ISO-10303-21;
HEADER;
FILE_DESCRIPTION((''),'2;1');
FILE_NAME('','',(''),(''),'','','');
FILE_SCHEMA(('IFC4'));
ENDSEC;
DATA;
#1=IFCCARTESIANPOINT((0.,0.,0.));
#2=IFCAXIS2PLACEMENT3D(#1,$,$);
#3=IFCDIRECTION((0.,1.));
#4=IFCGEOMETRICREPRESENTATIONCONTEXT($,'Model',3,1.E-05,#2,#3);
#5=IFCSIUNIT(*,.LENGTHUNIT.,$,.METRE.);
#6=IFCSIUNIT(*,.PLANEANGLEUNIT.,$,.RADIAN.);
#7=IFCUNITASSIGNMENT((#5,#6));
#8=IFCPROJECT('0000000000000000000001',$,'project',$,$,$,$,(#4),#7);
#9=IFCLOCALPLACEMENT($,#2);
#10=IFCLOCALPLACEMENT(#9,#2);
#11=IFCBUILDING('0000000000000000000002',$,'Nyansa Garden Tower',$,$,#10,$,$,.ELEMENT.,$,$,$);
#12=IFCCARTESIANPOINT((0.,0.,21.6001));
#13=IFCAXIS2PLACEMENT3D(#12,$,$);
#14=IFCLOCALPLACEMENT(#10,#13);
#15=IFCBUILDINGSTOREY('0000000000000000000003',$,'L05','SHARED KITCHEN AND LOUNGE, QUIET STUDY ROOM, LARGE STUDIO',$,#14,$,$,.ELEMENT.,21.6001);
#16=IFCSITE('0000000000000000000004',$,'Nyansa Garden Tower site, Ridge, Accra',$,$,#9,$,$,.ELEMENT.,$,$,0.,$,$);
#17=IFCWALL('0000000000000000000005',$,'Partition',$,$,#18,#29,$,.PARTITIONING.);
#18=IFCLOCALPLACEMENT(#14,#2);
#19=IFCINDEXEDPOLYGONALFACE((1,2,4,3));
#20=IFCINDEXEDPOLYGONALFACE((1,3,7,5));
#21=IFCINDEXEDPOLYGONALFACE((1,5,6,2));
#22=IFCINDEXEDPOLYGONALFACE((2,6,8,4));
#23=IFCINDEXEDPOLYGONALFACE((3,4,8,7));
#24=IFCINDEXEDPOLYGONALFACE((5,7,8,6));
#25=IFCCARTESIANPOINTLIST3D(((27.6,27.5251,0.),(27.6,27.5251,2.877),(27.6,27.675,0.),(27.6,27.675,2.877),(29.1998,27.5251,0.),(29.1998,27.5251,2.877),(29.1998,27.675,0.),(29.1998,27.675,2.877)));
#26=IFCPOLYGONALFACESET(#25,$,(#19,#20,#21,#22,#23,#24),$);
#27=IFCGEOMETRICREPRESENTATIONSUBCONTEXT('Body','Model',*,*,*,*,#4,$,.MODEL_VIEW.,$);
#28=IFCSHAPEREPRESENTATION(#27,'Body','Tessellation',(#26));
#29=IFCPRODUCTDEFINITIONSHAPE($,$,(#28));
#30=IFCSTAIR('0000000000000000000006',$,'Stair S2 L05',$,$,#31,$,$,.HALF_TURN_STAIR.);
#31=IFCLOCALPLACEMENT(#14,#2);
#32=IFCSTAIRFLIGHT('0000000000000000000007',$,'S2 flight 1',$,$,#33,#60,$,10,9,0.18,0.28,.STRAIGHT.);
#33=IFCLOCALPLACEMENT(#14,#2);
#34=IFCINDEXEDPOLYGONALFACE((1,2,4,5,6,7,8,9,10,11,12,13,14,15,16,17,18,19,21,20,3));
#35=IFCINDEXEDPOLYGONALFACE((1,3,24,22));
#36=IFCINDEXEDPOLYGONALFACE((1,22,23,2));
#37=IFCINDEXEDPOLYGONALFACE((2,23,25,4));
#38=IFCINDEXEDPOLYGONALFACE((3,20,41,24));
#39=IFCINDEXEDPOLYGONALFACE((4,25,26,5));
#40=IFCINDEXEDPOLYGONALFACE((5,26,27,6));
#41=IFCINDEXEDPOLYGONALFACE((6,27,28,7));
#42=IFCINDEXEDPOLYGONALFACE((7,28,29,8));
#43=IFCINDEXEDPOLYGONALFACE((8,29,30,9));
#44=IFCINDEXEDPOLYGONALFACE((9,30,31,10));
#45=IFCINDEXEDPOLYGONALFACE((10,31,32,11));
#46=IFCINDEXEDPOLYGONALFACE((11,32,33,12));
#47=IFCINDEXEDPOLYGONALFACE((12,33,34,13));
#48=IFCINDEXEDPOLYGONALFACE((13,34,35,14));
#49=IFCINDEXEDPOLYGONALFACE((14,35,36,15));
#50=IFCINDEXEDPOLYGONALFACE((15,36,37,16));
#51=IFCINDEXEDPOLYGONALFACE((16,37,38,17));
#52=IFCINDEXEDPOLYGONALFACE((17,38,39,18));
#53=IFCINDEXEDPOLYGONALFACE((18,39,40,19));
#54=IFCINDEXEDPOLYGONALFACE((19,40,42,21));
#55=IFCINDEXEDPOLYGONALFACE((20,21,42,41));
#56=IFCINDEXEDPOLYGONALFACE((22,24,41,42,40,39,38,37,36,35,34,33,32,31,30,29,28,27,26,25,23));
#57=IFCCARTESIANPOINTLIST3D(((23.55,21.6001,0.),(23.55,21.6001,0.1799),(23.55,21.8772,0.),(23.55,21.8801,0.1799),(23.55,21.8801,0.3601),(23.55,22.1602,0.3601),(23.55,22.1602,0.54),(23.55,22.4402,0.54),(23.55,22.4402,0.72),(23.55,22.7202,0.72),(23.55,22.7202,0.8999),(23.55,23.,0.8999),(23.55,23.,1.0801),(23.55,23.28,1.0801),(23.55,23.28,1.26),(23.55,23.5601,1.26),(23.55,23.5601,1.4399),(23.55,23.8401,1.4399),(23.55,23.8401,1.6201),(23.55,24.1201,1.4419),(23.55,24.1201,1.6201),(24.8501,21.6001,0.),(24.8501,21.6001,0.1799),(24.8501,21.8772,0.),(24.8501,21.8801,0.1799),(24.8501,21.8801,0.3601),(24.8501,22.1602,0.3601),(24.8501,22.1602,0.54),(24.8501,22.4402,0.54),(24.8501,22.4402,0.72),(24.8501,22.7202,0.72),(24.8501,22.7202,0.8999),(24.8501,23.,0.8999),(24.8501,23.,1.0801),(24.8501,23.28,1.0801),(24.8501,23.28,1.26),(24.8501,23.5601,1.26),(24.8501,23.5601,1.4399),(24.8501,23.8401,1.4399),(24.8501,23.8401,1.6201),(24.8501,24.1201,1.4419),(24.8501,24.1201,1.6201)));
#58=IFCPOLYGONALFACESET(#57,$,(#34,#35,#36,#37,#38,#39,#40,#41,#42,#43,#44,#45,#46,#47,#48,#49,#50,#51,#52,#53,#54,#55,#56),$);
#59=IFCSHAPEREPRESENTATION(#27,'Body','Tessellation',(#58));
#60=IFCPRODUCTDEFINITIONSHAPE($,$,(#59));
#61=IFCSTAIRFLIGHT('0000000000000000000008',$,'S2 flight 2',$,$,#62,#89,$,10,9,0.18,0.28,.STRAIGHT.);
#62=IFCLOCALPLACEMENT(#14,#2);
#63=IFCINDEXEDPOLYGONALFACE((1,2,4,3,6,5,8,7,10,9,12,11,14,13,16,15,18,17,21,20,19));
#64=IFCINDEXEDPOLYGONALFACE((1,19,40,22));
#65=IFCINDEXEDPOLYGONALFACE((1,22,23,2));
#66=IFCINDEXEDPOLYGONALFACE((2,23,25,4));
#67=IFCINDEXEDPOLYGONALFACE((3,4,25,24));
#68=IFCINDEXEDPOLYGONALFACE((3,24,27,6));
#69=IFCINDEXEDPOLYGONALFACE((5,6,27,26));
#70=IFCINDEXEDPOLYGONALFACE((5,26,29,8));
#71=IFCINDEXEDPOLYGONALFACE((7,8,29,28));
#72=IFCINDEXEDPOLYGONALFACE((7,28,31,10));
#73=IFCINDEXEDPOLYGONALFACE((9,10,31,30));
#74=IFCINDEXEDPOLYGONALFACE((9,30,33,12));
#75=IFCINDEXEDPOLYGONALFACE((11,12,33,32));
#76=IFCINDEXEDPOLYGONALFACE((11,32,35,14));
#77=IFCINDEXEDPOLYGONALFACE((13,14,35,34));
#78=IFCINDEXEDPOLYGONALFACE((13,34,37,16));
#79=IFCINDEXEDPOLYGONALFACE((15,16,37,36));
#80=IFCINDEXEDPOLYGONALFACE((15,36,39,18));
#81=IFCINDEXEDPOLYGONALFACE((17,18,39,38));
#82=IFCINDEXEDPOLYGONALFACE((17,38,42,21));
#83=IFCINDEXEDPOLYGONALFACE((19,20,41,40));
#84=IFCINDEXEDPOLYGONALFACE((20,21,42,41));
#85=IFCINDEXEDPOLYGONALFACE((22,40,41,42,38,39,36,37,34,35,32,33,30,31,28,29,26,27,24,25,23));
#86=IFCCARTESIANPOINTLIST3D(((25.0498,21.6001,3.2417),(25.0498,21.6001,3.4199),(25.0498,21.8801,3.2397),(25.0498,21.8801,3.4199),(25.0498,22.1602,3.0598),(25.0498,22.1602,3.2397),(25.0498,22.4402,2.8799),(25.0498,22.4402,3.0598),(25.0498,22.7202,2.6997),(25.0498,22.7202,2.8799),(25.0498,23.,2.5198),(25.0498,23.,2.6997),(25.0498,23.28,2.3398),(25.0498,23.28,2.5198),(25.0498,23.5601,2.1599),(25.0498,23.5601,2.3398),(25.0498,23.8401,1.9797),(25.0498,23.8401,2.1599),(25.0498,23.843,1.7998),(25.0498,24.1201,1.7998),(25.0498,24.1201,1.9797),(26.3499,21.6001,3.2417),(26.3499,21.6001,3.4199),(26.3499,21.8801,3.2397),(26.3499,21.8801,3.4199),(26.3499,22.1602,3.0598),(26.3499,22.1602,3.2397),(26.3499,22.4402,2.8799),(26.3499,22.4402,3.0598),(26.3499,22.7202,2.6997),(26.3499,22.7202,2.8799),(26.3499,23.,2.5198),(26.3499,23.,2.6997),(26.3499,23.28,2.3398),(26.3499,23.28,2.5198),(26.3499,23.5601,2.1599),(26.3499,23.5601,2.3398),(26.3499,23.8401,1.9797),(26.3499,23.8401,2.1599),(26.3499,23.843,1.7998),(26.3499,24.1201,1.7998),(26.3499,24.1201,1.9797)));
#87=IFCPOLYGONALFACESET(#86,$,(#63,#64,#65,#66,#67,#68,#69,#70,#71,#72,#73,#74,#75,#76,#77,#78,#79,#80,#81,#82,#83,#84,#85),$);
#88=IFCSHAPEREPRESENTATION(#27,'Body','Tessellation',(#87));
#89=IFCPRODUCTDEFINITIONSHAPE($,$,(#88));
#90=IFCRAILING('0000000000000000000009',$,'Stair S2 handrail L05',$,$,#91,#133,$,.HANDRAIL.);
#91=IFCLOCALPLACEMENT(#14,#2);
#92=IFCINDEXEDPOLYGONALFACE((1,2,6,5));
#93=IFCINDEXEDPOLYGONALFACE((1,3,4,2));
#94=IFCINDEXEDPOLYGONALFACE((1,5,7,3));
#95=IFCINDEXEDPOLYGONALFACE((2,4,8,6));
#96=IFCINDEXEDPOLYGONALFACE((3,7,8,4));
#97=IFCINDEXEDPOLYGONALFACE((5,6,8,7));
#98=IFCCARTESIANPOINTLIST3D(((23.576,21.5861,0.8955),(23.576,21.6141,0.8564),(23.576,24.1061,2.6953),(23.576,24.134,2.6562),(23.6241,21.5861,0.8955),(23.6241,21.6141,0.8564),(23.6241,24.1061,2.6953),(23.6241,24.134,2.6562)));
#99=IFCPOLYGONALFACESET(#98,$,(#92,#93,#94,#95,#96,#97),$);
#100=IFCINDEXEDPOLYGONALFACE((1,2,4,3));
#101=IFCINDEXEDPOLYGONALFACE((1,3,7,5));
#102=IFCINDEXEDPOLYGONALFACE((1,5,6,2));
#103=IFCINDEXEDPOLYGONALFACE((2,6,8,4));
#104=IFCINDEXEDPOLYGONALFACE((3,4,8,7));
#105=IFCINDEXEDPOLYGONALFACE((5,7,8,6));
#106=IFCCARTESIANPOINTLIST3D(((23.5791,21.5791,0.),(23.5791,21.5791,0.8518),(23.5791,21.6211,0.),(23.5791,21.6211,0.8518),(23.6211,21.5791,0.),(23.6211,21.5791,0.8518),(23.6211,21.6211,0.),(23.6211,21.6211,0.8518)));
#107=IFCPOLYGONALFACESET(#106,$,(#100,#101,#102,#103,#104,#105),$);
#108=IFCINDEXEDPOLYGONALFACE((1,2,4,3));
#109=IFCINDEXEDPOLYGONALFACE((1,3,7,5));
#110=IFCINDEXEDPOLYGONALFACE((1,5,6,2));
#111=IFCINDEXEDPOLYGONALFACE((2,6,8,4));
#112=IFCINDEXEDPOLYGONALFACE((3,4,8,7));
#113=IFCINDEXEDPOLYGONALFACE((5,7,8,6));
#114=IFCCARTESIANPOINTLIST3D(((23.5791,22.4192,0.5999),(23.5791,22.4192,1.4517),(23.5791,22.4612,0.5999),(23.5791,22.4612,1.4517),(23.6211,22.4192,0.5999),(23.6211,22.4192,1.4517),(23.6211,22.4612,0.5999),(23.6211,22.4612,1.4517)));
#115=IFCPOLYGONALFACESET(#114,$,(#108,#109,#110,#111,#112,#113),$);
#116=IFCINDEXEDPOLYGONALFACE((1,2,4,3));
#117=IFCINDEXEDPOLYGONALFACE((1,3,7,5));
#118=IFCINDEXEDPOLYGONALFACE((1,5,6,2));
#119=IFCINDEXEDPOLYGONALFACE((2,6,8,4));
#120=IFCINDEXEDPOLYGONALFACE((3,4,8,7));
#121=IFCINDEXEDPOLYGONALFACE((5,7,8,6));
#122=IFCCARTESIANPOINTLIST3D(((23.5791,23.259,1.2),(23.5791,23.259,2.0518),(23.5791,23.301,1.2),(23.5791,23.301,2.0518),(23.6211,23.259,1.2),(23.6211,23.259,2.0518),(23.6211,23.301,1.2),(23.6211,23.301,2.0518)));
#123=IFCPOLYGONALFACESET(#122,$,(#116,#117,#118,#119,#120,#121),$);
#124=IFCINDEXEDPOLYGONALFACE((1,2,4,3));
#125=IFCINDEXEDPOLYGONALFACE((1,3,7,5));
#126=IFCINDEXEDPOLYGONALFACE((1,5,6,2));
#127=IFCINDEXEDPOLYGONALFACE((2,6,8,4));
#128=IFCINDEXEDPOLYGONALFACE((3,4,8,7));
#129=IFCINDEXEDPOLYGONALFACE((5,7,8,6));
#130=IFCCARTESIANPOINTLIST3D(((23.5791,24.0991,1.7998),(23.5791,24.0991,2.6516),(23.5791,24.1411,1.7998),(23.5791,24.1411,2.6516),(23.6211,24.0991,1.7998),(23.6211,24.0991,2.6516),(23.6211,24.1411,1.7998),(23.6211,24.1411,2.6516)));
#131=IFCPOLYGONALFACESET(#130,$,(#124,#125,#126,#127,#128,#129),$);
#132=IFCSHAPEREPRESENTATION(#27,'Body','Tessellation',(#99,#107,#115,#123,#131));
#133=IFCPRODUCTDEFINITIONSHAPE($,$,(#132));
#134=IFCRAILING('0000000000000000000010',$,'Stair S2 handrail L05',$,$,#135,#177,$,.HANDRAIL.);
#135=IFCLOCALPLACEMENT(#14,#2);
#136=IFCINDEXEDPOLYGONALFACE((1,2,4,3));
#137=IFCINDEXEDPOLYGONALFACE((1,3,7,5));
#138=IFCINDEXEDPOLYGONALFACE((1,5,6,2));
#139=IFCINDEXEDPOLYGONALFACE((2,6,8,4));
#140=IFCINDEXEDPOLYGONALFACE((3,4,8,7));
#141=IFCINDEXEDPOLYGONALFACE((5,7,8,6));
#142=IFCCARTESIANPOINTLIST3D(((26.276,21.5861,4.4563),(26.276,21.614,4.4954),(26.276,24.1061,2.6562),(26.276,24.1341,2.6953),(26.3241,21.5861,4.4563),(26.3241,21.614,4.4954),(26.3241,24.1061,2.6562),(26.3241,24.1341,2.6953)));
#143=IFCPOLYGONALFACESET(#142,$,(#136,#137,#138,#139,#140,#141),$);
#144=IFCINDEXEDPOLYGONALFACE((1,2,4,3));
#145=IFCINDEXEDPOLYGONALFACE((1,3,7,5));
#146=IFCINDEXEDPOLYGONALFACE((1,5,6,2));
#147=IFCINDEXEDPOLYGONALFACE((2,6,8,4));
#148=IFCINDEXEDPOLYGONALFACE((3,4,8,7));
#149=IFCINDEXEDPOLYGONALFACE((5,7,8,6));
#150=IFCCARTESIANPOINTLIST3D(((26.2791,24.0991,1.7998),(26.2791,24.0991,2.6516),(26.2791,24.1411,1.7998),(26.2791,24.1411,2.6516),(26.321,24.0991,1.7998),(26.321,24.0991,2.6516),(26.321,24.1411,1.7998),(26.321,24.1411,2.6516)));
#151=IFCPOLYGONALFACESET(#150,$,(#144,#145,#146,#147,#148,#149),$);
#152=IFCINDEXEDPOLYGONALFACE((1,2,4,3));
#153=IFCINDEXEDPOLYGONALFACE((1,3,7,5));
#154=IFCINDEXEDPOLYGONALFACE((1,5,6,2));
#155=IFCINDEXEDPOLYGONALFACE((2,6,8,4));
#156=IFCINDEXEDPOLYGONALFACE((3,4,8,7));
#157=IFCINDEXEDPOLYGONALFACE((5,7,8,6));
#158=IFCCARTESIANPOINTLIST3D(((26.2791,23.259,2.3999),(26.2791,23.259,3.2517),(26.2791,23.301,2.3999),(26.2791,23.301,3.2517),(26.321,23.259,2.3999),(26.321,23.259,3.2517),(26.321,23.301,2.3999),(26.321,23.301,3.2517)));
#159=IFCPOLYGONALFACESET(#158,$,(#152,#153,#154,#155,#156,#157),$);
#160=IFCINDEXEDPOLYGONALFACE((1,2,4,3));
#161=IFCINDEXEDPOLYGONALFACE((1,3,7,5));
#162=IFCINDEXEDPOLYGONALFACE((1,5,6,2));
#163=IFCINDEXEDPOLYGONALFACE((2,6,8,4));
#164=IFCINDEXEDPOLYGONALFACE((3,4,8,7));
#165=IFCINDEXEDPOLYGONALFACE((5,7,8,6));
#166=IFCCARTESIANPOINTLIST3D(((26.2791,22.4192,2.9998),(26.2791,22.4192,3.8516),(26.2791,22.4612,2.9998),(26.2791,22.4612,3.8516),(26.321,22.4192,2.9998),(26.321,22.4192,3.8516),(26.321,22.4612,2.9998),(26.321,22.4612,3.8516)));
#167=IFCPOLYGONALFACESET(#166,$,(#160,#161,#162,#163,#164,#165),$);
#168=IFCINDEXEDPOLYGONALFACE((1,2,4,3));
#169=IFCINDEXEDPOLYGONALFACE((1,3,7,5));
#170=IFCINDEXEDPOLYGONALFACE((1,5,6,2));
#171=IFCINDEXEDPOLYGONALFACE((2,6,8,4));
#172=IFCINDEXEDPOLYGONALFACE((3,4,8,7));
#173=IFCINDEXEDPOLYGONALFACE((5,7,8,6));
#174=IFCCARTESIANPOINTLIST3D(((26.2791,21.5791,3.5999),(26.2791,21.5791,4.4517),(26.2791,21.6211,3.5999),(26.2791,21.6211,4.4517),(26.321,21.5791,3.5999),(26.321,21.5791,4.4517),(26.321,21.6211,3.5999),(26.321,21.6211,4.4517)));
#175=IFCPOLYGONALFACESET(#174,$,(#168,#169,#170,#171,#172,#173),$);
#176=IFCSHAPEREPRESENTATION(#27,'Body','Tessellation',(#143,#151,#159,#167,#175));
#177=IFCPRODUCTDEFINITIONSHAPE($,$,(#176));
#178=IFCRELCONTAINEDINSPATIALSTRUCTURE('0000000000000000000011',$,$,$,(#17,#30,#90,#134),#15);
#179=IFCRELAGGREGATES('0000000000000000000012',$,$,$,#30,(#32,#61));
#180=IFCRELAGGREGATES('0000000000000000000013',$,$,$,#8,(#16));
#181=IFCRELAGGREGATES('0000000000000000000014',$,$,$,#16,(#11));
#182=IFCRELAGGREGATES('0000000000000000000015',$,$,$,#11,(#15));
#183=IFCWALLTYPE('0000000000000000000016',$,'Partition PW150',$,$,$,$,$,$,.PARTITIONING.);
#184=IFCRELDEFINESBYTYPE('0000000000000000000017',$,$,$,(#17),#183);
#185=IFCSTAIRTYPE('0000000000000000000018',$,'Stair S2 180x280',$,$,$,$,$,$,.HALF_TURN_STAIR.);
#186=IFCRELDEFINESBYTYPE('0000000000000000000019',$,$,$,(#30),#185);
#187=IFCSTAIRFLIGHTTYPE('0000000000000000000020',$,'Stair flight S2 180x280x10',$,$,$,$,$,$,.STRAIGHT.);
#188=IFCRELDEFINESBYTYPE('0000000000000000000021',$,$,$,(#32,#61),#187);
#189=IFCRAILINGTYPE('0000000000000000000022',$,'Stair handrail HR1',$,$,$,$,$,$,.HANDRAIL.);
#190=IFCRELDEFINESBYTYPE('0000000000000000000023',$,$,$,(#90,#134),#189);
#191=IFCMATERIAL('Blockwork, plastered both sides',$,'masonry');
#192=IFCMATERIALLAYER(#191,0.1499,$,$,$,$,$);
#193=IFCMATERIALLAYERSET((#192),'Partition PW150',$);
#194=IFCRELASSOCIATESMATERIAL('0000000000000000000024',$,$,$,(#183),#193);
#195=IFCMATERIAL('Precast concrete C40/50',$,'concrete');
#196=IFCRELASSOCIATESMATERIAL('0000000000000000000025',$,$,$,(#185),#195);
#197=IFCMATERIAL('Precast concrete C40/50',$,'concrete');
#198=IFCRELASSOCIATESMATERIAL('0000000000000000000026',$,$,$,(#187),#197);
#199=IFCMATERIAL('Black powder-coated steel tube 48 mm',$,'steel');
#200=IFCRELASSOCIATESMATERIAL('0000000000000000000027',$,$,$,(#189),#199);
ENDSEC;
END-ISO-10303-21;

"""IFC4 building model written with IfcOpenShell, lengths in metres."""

from ifc_helpers import new_model, si_unit, direction, frame, frame_2d, origin, origin_2d, place, context, subcontext, project, spatial, polyline, rectangle, outline, extrude, material, layer, layer_set, type_object, element, aggregate, save


model = new_model("IFC4")

# Units and contexts
model_context = context("Model", 3, precision=1e-05, world=origin(), true_north=direction((0.0, 1.0)))
body_context = subcontext(model_context, "Body", "Model", "MODEL_VIEW")
ifc_project = project(units=[si_unit("LENGTHUNIT", "METRE"), si_unit("PLANEANGLEUNIT", "RADIAN")], contexts=[model_context])

# Site, building, storey
site_placement = place(None, origin())
site = spatial("IfcSite", under=ifc_project, at=site_placement, Name="Nyansa Garden Tower site, Ridge, Accra", CompositionType="ELEMENT", RefElevation=0.0)
building_placement = place(site_placement, origin())
building = spatial("IfcBuilding", under=site, at=building_placement, Name="Nyansa Garden Tower", CompositionType="ELEMENT")
storey_placement = place(building_placement, frame((0.0, 0.0, 21.6001)))
storey = spatial("IfcBuildingStorey", under=building, at=storey_placement, Name="L05", Description="SHARED KITCHEN AND LOUNGE, QUIET STUDY ROOM, LARGE STUDIO", CompositionType="ELEMENT", Elevation=21.6001)

# Shared definitions
ifc_material_1 = material(Name="Blockwork, plastered both sides", Category="masonry")
ifc_layer_1 = layer(ifc_material_1, 0.1499)
ifc_layer_set_1 = layer_set([ifc_layer_1], Name="Partition PW150")
wall_type_1 = type_object("IfcWallType", Name="Partition PW150", PredefinedType="PARTITIONING", material=ifc_layer_set_1)

# Wall
wall_1_placement = place(storey_placement, frame((27.6001, 27.6001, 0.0), z_axis=(0.0, 0.0, 1.0), x_axis=(1.0, 0.0, 0.0)))
element("IfcWall", 1, at=wall_1_placement, inside=storey, type_object=wall_type_1, Name="Partition", PredefinedType="PARTITIONING", context=body_context, shape_type="SweptSolid", body=[
    extrude(rectangle(XDim=1.5999, YDim=0.1499, at=frame_2d((0.7998, 0.0))), origin(), (0.0, 0.0, 1.0), 2.877),
])

# Stair, stair flights
ifc_material_2 = material(Name="Precast concrete C40/50", Category="concrete")
stair_type = type_object("IfcStairType", Name="Stair S2 180x280", PredefinedType="HALF_TURN_STAIR", material=ifc_material_2)
stair_placement = place(storey_placement, origin())
stair = element("IfcStair", 2, at=stair_placement, inside=storey, type_object=stair_type, Name="Stair S2 L05", PredefinedType="HALF_TURN_STAIR")
ifc_material_3 = material(Name="Precast concrete C40/50", Category="concrete")
stair_flight_type = type_object("IfcStairFlightType", Name="Stair flight S2 180x280x10", PredefinedType="STRAIGHT", material=ifc_material_3)
stair_flight_1_placement = place(storey_placement, frame((24.2, 21.6001, 0.0), z_axis=(0.0, 0.0, 1.0), x_axis=(0.0, 1.0, 0.0)))
stair_flight_1 = element("IfcStairFlight", 3, at=stair_flight_1_placement, type_object=stair_flight_type, Name="S2 flight 1", NumberOfRisers=10, NumberOfTreads=9, PredefinedType="STRAIGHT", RiserHeight=0.18, TreadLength=0.28, context=body_context, shape_type="SweptSolid", body=[
    extrude(outline(polyline([(0.0, 0.0), (0.0, 0.1799), (0.28, 0.1799), (0.28, 0.3601), (0.5601, 0.3601), (0.5601, 0.54), (0.8401, 0.54), (0.8401, 0.72), (1.1201, 0.72), (1.1201, 0.8999), (1.3999, 0.8999), (1.3999, 1.0801), (1.6799, 1.0801), (1.6799, 1.26), (1.96, 1.26), (1.96, 1.4399), (2.24, 1.4399), (2.24, 1.6201), (2.52, 1.6201), (2.52, 1.8), (2.52, 1.4419), (0.2771, 0.0), (0.0, 0.0)])), frame((0.0, 0.6499, 0.0), z_axis=(0.0, -1.0, 0.0), x_axis=(1.0, 0.0, 0.0)), (0.0, 0.0, 1.0), 1.3),
])
stair_flight_2_placement = place(storey_placement, frame((25.7, 24.1201, 1.7998), z_axis=(0.0, 0.0, 1.0), x_axis=(0.0, -1.0, 0.0)))
stair_flight_2 = element("IfcStairFlight", 4, at=stair_flight_2_placement, type_object=stair_flight_type, Name="S2 flight 2", NumberOfRisers=10, NumberOfTreads=9, PredefinedType="STRAIGHT", RiserHeight=0.18, TreadLength=0.28, context=body_context, shape_type="SweptSolid", body=[
    extrude(outline(polyline([(0.0, 0.0), (0.0, 0.1799), (0.28, 0.1799), (0.28, 0.3601), (0.5601, 0.3601), (0.5601, 0.54), (0.8401, 0.54), (0.8401, 0.72), (1.1201, 0.72), (1.1201, 0.8999), (1.3999, 0.8999), (1.3999, 1.0801), (1.6799, 1.0801), (1.6799, 1.26), (1.96, 1.26), (1.96, 1.4399), (2.24, 1.4399), (2.24, 1.6201), (2.52, 1.6201), (2.52, 1.8), (2.52, 1.4419), (0.2771, 0.0), (0.0, 0.0)])), frame((0.0, 0.6499, 0.0), z_axis=(0.0, -1.0, 0.0), x_axis=(1.0, 0.0, 0.0)), (0.0, 0.0, 1.0), 1.3),
])
aggregate(stair, [stair_flight_1, stair_flight_2])

# Railings
ifc_material_4 = material(Name="Black powder-coated steel tube 48 mm", Category="steel")
railing_type = type_object("IfcRailingType", Name="Stair handrail HR1", PredefinedType="HANDRAIL", material=ifc_material_4)
railing_1_placement = place(storey_placement, frame((23.6001, 21.6001, 0.0)))
element("IfcRailing", 5, at=railing_1_placement, inside=storey, type_object=railing_type, Name="Stair S2 handrail L05", PredefinedType="HANDRAIL", context=body_context, shape_type="SweptSolid", body=[
    extrude(rectangle(XDim=0.0481, YDim=0.0481, at=origin_2d()), frame((0.0, 0.0, 0.876), z_axis=(0.0, 0.813765, 0.581193), x_axis=(-1.0, 0.0, 0.0)), (0.0, 0.0, 1.0), 3.0967),
    extrude(rectangle(XDim=0.042, YDim=0.042, at=origin_2d()), origin(), (0.0, 0.0, 1.0), 0.8518),
    extrude(rectangle(XDim=0.042, YDim=0.042, at=origin_2d()), frame((0.0, 0.8401, 0.5999)), (0.0, 0.0, 1.0), 0.8518),
    extrude(rectangle(XDim=0.042, YDim=0.042, at=origin_2d()), frame((0.0, 1.6799, 1.2)), (0.0, 0.0, 1.0), 0.8518),
    extrude(rectangle(XDim=0.042, YDim=0.042, at=origin_2d()), frame((0.0, 2.52, 1.7998)), (0.0, 0.0, 1.0), 0.8518),
])
railing_2_placement = place(storey_placement, frame((26.3, 24.1201, 1.7998)))
element("IfcRailing", 6, at=railing_2_placement, inside=storey, type_object=railing_type, Name="Stair S2 handrail L05", PredefinedType="HANDRAIL", context=body_context, shape_type="SweptSolid", body=[
    extrude(rectangle(XDim=0.0481, YDim=0.0481, at=origin_2d()), frame((0.0, 0.0, 0.876), z_axis=(0.0, -0.813728, 0.581246), x_axis=(1.0, 0.0, 0.0)), (0.0, 0.0, 1.0), 3.0969),
    extrude(rectangle(XDim=0.042, YDim=0.042, at=origin_2d()), origin(), (0.0, 0.0, 1.0), 0.8518),
    extrude(rectangle(XDim=0.042, YDim=0.042, at=origin_2d()), frame((0.0, -0.8401, 0.6001)), (0.0, 0.0, 1.0), 0.8518),
    extrude(rectangle(XDim=0.042, YDim=0.042, at=origin_2d()), frame((0.0, -1.6799, 1.2)), (0.0, 0.0, 1.0), 0.8518),
    extrude(rectangle(XDim=0.042, YDim=0.042, at=origin_2d()), frame((0.0, -2.52, 1.8)), (0.0, 0.0, 1.0), 0.8518),
])

save(model, "model.ifc")
